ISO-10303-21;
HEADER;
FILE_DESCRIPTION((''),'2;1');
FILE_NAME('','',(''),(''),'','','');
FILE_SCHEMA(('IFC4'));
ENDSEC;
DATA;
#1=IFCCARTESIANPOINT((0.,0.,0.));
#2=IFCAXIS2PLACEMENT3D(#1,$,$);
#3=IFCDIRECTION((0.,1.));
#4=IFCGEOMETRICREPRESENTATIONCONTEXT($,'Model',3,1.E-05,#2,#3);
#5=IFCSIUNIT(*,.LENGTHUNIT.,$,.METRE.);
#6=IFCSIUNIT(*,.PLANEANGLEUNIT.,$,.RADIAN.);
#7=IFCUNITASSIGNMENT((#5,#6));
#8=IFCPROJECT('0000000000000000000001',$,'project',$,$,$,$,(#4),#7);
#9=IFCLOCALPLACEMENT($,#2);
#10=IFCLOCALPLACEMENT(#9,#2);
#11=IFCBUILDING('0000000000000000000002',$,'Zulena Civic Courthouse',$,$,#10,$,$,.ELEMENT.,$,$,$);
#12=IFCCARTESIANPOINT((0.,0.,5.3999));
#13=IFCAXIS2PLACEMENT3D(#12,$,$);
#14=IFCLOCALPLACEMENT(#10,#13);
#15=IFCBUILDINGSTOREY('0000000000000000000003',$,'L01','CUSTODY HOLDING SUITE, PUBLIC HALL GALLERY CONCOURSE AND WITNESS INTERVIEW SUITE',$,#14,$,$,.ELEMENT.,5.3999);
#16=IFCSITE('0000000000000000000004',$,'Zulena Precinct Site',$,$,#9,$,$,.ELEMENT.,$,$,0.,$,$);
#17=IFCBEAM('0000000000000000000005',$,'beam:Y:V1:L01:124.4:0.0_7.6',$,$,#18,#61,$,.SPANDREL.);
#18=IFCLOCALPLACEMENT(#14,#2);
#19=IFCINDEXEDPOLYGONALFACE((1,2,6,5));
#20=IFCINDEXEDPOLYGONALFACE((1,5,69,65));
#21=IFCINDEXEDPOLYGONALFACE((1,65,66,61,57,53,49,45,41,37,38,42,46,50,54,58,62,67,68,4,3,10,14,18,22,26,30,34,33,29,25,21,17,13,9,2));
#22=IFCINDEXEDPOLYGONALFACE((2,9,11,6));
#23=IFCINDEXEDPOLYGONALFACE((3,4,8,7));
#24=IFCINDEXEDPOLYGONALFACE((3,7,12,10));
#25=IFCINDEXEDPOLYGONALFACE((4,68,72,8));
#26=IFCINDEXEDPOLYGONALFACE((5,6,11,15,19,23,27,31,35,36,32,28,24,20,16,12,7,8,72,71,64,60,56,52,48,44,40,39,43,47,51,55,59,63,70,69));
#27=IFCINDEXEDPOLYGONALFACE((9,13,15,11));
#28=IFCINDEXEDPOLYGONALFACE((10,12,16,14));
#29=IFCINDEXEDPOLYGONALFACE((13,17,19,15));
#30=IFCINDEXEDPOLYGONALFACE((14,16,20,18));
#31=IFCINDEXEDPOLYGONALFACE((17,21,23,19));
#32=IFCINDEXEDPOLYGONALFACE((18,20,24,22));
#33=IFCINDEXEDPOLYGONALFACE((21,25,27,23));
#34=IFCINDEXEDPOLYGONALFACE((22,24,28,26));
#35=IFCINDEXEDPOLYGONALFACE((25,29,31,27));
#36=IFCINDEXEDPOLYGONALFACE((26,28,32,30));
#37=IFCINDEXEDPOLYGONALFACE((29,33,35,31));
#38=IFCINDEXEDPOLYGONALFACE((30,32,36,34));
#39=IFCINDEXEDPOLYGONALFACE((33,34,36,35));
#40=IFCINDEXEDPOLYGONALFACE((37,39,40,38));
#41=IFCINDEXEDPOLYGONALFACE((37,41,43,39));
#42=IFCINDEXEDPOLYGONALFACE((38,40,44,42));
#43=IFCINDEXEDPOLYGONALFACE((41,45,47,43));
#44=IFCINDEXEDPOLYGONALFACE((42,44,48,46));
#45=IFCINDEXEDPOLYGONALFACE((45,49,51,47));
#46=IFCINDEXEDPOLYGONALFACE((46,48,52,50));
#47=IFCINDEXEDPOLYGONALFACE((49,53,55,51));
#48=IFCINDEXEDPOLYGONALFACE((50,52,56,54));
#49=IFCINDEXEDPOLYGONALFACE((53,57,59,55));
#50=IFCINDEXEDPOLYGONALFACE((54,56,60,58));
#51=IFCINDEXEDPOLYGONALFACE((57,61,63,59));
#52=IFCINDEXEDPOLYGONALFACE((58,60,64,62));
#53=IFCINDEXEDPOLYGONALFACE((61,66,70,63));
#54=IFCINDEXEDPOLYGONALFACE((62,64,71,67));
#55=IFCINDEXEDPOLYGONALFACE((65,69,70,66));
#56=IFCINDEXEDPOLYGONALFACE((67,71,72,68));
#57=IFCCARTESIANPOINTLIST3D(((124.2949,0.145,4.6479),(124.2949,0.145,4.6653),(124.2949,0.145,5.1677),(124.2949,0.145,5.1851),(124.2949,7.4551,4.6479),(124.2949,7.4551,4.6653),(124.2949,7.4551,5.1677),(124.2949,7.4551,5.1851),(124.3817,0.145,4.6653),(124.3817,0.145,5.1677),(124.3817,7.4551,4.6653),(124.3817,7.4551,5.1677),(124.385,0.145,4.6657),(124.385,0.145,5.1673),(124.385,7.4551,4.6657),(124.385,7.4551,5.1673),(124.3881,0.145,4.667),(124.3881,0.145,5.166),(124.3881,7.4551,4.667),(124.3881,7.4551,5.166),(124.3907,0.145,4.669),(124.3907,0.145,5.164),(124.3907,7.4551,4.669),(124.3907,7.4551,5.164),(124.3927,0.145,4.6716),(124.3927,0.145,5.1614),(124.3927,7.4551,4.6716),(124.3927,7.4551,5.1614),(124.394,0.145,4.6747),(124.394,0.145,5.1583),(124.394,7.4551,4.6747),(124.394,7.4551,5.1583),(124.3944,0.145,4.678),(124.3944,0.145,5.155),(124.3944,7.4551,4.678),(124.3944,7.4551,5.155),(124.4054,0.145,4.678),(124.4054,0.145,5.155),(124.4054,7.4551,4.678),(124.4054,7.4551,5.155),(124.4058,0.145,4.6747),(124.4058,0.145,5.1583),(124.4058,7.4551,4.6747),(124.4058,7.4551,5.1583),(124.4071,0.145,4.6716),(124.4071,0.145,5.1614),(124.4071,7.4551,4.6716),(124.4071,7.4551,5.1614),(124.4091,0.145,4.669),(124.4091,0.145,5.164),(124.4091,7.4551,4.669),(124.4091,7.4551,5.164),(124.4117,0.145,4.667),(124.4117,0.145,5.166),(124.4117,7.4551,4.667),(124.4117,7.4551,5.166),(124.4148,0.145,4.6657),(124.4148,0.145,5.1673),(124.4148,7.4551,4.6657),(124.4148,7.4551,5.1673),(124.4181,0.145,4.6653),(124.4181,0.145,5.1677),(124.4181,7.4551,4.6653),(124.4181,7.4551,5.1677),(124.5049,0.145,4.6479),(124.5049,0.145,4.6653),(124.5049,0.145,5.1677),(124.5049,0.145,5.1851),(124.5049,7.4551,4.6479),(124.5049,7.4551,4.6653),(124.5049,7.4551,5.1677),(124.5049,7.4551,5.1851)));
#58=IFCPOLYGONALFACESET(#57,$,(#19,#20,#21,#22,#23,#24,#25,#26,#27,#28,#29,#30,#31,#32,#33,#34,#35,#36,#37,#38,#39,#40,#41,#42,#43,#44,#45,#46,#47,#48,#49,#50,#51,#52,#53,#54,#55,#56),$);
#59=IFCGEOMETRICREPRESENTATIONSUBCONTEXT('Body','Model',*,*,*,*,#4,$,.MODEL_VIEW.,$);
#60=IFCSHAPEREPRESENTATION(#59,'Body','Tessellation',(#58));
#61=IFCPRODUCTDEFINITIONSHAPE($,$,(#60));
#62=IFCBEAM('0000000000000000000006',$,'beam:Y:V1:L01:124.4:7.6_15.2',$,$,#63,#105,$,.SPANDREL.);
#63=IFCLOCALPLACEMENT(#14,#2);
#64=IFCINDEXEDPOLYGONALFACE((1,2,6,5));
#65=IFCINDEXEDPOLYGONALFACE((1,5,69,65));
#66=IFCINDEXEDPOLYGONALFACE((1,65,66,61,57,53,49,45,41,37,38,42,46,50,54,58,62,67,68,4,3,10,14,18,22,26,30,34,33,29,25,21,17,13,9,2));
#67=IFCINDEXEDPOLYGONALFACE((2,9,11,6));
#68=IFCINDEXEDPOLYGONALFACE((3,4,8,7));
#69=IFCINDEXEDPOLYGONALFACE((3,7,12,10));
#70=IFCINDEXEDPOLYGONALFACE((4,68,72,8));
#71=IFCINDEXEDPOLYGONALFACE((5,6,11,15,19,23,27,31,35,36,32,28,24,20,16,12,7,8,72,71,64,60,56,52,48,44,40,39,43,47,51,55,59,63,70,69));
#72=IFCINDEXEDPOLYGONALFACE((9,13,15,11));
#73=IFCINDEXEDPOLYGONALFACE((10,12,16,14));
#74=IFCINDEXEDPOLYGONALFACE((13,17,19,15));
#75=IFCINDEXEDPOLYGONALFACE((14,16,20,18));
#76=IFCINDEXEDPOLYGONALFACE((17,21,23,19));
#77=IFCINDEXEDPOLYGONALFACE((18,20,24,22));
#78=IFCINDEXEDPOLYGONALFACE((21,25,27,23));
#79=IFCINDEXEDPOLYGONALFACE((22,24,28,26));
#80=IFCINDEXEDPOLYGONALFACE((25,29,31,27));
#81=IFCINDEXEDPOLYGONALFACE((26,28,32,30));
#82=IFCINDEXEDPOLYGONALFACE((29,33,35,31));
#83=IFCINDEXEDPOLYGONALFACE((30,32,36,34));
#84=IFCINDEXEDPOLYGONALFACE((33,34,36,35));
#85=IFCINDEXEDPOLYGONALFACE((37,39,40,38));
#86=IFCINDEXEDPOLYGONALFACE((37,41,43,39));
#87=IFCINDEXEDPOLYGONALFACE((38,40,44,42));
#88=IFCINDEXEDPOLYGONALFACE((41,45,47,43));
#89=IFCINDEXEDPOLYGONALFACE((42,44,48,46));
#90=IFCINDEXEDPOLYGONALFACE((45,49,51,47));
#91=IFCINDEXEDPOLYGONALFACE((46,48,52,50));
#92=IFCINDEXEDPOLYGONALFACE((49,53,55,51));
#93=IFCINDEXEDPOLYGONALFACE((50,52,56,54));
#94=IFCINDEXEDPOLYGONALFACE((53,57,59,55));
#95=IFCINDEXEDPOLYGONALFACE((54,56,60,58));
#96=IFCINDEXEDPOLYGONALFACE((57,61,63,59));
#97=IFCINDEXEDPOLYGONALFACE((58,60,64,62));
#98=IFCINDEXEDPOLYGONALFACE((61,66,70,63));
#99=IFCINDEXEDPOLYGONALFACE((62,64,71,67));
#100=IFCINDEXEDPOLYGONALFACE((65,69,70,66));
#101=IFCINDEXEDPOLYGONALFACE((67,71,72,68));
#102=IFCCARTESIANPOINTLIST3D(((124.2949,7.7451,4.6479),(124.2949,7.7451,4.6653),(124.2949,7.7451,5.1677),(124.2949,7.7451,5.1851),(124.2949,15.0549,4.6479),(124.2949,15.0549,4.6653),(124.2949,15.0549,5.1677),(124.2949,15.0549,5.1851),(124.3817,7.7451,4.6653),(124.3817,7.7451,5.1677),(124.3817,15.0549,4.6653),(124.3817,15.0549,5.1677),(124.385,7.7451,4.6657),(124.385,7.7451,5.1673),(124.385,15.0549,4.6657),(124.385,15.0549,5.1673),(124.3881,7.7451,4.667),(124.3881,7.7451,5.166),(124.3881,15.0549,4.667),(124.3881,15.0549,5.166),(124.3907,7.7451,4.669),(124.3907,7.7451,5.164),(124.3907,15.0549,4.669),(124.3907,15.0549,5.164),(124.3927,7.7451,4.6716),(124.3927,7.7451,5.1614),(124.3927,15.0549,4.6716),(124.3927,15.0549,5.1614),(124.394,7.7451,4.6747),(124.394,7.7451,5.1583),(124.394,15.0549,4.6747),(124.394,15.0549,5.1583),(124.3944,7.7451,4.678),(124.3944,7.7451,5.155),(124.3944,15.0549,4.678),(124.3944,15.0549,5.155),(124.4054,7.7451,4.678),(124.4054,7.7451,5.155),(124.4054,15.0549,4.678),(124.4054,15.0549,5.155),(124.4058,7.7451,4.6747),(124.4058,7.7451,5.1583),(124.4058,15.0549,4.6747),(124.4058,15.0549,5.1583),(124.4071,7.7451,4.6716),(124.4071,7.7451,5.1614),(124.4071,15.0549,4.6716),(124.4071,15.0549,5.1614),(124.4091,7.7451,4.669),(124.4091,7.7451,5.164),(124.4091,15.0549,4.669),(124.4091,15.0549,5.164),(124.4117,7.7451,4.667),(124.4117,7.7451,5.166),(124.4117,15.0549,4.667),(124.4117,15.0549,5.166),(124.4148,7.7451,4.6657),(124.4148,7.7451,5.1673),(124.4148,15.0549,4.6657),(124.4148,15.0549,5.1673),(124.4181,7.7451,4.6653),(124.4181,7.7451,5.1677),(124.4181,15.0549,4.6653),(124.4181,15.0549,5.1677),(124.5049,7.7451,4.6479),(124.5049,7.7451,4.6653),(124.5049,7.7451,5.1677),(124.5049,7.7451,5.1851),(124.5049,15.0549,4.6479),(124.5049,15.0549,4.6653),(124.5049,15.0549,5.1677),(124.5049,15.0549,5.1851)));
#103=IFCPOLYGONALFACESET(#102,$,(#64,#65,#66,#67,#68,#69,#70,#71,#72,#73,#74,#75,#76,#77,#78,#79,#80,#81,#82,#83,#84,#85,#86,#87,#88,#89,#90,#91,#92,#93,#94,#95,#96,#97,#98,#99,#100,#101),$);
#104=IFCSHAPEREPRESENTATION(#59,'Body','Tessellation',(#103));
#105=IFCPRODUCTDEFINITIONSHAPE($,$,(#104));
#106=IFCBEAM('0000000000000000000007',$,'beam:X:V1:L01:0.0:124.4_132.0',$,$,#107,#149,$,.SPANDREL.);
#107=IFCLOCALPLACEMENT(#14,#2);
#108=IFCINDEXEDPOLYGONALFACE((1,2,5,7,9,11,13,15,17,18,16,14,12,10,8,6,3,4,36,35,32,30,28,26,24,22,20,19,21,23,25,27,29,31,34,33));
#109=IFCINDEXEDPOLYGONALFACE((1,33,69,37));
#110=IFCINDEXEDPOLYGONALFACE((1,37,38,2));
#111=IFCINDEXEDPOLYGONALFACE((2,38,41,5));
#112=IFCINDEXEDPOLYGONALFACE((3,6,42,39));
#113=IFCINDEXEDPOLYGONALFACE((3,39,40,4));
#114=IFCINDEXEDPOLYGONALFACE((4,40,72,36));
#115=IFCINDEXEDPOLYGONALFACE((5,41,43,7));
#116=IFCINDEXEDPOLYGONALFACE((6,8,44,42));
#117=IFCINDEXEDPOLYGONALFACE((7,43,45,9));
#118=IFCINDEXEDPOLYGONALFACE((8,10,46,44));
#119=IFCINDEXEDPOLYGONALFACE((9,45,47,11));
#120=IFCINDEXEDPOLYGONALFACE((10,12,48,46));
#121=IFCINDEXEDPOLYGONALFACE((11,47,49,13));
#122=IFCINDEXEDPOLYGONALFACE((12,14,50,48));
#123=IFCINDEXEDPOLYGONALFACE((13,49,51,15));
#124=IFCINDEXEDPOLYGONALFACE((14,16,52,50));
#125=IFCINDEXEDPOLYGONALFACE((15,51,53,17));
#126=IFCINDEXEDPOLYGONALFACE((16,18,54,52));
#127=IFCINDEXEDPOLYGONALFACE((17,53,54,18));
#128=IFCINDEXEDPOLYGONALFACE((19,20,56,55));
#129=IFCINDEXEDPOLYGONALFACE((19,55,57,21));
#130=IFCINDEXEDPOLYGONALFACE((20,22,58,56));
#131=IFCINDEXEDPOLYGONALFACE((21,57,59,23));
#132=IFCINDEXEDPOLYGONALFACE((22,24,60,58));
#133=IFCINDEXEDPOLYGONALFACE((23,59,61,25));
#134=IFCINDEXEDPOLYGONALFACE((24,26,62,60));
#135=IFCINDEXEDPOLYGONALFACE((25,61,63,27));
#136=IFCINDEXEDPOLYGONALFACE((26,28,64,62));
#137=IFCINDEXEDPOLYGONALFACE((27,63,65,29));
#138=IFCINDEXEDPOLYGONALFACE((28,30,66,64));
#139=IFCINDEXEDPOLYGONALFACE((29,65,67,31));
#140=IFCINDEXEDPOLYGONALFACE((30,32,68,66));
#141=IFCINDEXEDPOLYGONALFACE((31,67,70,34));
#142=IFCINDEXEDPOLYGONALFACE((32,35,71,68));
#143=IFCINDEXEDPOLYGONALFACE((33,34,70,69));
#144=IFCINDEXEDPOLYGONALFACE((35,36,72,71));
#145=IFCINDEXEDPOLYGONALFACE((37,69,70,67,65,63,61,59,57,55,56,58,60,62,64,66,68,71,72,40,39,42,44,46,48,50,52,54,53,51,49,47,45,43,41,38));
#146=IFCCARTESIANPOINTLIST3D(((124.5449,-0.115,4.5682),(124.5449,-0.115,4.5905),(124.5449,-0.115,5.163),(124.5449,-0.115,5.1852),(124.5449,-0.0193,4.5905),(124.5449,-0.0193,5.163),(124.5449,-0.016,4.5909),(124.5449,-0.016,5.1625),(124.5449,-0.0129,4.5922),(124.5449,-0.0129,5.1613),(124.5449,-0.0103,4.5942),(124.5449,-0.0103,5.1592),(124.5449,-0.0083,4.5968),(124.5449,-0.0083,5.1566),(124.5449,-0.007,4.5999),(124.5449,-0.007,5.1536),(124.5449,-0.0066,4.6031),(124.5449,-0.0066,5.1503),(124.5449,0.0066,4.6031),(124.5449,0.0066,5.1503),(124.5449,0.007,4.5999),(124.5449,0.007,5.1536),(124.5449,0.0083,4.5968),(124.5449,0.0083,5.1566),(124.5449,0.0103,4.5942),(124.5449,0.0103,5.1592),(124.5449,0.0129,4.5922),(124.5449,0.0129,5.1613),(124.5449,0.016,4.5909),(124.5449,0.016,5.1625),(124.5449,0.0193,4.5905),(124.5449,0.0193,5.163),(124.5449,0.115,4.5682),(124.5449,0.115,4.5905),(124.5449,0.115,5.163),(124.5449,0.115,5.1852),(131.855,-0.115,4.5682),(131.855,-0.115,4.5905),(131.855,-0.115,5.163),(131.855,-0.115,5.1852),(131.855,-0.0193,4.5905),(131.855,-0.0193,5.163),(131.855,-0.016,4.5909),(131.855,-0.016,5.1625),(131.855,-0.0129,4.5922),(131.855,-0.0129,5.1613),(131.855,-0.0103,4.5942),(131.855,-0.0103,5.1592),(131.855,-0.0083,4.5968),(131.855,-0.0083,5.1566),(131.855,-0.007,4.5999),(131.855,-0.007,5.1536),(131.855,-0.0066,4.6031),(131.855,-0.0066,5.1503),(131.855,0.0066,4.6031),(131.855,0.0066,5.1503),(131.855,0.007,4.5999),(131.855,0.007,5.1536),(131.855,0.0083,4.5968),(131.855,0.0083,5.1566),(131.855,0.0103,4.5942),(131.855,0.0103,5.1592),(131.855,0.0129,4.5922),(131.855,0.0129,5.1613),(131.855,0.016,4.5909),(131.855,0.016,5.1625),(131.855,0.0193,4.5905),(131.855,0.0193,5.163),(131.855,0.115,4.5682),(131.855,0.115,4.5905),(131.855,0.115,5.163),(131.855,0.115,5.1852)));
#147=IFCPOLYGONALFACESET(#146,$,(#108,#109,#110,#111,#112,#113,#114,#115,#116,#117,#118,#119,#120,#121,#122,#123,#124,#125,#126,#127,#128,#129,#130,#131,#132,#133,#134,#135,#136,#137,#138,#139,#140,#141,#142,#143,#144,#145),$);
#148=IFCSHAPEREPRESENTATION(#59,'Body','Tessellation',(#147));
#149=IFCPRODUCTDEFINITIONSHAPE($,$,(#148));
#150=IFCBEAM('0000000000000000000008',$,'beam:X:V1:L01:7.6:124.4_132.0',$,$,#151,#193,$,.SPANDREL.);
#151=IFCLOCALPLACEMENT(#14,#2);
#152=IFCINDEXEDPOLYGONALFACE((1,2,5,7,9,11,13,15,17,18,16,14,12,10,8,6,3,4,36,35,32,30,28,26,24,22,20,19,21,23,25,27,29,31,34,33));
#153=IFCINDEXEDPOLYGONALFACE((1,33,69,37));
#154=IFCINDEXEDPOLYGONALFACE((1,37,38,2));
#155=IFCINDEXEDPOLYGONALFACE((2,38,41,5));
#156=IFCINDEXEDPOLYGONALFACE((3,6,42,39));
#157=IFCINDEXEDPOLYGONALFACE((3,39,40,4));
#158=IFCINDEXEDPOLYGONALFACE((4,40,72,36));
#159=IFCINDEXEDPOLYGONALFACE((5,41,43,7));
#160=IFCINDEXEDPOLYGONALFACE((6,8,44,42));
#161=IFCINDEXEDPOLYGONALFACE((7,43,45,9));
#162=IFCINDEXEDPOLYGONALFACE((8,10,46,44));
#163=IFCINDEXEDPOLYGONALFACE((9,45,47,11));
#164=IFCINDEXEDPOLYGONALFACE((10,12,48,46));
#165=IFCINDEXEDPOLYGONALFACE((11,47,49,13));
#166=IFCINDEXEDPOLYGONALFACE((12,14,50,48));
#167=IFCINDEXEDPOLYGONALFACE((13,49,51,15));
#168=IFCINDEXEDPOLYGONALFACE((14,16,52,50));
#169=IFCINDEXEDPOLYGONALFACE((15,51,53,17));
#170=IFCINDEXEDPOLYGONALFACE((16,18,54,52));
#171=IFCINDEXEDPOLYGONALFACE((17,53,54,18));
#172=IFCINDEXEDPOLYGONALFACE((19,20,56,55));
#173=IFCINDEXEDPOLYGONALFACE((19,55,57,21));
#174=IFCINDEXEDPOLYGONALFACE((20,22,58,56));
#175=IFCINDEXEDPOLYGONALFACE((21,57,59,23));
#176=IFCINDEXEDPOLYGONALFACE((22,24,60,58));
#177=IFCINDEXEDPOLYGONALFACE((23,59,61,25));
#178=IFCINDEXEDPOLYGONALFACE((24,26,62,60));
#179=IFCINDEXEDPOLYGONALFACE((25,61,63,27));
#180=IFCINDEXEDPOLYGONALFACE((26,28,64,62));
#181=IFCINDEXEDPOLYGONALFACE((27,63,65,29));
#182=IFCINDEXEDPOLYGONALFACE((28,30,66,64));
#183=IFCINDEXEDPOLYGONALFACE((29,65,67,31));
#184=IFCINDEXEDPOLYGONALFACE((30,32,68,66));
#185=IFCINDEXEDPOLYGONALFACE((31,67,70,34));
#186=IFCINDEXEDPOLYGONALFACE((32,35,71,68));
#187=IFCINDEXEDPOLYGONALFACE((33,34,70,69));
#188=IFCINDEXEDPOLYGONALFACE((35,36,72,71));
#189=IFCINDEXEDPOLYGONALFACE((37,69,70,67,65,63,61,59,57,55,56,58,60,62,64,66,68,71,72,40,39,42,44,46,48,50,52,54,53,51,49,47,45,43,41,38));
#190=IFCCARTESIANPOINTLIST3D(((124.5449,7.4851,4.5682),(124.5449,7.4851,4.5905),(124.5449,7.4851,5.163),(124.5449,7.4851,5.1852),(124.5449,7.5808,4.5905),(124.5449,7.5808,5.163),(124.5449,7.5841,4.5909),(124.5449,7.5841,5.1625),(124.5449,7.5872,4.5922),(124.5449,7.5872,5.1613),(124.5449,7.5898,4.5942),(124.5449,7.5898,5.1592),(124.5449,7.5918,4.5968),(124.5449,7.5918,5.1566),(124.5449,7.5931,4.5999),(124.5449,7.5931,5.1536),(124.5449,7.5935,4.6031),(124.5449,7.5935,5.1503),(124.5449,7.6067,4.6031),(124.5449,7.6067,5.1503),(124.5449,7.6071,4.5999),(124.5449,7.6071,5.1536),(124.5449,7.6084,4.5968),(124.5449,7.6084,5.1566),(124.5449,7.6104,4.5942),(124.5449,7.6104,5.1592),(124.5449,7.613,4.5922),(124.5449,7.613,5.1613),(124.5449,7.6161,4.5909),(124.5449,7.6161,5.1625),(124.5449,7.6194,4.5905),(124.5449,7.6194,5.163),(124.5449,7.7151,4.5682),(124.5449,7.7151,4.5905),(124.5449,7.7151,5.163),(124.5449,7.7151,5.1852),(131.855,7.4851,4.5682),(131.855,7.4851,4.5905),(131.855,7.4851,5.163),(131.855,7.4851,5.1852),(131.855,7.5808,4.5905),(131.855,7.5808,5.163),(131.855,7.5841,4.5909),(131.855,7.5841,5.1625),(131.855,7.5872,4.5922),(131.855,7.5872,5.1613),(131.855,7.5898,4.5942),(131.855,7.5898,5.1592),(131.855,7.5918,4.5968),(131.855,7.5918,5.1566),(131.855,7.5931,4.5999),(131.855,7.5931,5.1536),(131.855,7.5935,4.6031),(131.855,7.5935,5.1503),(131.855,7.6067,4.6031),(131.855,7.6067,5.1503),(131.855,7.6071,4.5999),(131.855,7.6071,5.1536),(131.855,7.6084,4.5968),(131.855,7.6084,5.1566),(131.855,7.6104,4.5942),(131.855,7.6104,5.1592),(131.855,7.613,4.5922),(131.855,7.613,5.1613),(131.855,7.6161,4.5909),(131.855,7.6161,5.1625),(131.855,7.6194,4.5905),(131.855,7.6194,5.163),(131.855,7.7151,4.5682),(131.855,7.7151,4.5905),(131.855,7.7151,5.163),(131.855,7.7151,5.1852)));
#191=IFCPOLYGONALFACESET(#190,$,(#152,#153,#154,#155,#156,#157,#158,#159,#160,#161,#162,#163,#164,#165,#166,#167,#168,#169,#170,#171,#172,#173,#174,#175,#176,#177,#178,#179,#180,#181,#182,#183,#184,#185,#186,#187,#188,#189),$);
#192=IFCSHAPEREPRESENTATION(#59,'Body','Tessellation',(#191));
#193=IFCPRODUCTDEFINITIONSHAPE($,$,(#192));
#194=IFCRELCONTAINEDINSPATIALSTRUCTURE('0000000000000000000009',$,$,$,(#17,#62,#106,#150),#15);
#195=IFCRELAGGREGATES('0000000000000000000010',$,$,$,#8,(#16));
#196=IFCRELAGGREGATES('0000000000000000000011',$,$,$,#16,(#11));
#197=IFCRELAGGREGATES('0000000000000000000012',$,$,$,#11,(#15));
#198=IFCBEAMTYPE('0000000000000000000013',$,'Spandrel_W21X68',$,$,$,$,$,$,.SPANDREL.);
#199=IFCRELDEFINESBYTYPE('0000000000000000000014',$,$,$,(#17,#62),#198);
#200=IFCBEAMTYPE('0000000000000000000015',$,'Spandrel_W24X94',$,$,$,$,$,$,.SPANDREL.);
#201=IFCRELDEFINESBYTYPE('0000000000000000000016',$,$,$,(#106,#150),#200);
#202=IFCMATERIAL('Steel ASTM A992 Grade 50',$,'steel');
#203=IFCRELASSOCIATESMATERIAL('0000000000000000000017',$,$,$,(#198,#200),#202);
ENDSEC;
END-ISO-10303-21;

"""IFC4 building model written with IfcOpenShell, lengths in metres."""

from ifc_helpers import new_model, si_unit, direction, frame, origin, origin_2d, place, context, subcontext, project, spatial, i_section, extrude, material, material_profile, profile_set, type_object, element, save


model = new_model("IFC4")

# Units and contexts
model_context = context("Model", 3, precision=1e-05, world=origin(), true_north=direction((0.0, 1.0)))
body_context = subcontext(model_context, "Body", "Model", "MODEL_VIEW")
ifc_project = project(units=[si_unit("LENGTHUNIT", "METRE"), si_unit("PLANEANGLEUNIT", "RADIAN")], contexts=[model_context])

# Site, building, storey
site_placement = place(None, origin())
site = spatial("IfcSite", under=ifc_project, at=site_placement, Name="Zulena Precinct Site", CompositionType="ELEMENT", RefElevation=0.0)
building_placement = place(site_placement, origin())
building = spatial("IfcBuilding", under=site, at=building_placement, Name="Zulena Civic Courthouse", CompositionType="ELEMENT")
storey_placement = place(building_placement, frame((0.0, 0.0, 5.3999)))
storey = spatial("IfcBuildingStorey", under=building, at=storey_placement, Name="L01", Description="CUSTODY HOLDING SUITE, PUBLIC HALL GALLERY CONCOURSE AND WITNESS INTERVIEW SUITE", CompositionType="ELEMENT", Elevation=5.3999)

# Shared definitions
ifc_material_1 = material(Name="Steel ASTM A992 Grade 50", Category="steel")

# Beams
ifc_material_profile_1 = material_profile(ifc_material_1, i_section(OverallWidth=0.21, OverallDepth=0.5371, WebThickness=0.011, FlangeThickness=0.0173, FilletRadius=0.0127, at=origin_2d()), Name="W21X68")
ifc_profile_set_1 = profile_set([ifc_material_profile_1], Name="Steel ASTM A992 Grade 50")
beam_type_1 = type_object("IfcBeamType", Name="Spandrel_W21X68", PredefinedType="SPANDREL", material=ifc_profile_set_1)
beam_1_placement = place(storey_placement, frame((124.3999, 0.145, 4.9165), z_axis=(0.0, 1.0, 0.0), x_axis=(-1.0, 0.0, 0.0)))
element("IfcBeam", 1, at=beam_1_placement, inside=storey, type_object=beam_type_1, Name="beam:Y:V1:L01:124.4:0.0_7.6", PredefinedType="SPANDREL", context=body_context, shape_type="SweptSolid", body=[
    extrude(i_section(OverallWidth=0.21, OverallDepth=0.5371, WebThickness=0.011, FlangeThickness=0.0173, FilletRadius=0.0127, at=origin_2d()), origin(), (0.0, 0.0, 1.0), 7.3101),
])
beam_2_placement = place(storey_placement, frame((124.3999, 7.7451, 4.9165), z_axis=(0.0, 1.0, 0.0), x_axis=(-1.0, 0.0, 0.0)))
element("IfcBeam", 2, at=beam_2_placement, inside=storey, type_object=beam_type_1, Name="beam:Y:V1:L01:124.4:7.6_15.2", PredefinedType="SPANDREL", context=body_context, shape_type="SweptSolid", body=[
    extrude(i_section(OverallWidth=0.21, OverallDepth=0.5371, WebThickness=0.011, FlangeThickness=0.0173, FilletRadius=0.0127, at=origin_2d()), origin(), (0.0, 0.0, 1.0), 7.3098),
])
ifc_material_profile_2 = material_profile(ifc_material_1, i_section(OverallWidth=0.23, OverallDepth=0.6169, WebThickness=0.0132, FlangeThickness=0.0222, FilletRadius=0.0127, at=origin_2d()), Name="W24X94")
ifc_profile_set_2 = profile_set([ifc_material_profile_2], Name="Steel ASTM A992 Grade 50")
beam_type_2 = type_object("IfcBeamType", Name="Spandrel_W24X94", PredefinedType="SPANDREL", material=ifc_profile_set_2)
for number, where, z_axis, x_axis, name in (
    (3, (124.5449, 0.0, 4.8767), (1.0, 0.0, 0.0), (0.0, 1.0, 0.0), "beam:X:V1:L01:0.0:124.4_132.0"),
    (4, (124.5449, 7.6001, 4.8767), (1.0, 0.0, 0.0), (0.0, 1.0, 0.0), "beam:X:V1:L01:7.6:124.4_132.0"),
):
    element("IfcBeam", number, at=place(storey_placement, frame(where, z_axis=z_axis, x_axis=x_axis)), inside=storey, type_object=beam_type_2, Name=name, PredefinedType="SPANDREL", context=body_context, shape_type="SweptSolid", body=[
        extrude(i_section(OverallWidth=0.23, OverallDepth=0.6169, WebThickness=0.0132, FlangeThickness=0.0222, FilletRadius=0.0127, at=origin_2d()), origin(), (0.0, 0.0, 1.0), 7.3101),
    ])

save(model, "model.ifc")
